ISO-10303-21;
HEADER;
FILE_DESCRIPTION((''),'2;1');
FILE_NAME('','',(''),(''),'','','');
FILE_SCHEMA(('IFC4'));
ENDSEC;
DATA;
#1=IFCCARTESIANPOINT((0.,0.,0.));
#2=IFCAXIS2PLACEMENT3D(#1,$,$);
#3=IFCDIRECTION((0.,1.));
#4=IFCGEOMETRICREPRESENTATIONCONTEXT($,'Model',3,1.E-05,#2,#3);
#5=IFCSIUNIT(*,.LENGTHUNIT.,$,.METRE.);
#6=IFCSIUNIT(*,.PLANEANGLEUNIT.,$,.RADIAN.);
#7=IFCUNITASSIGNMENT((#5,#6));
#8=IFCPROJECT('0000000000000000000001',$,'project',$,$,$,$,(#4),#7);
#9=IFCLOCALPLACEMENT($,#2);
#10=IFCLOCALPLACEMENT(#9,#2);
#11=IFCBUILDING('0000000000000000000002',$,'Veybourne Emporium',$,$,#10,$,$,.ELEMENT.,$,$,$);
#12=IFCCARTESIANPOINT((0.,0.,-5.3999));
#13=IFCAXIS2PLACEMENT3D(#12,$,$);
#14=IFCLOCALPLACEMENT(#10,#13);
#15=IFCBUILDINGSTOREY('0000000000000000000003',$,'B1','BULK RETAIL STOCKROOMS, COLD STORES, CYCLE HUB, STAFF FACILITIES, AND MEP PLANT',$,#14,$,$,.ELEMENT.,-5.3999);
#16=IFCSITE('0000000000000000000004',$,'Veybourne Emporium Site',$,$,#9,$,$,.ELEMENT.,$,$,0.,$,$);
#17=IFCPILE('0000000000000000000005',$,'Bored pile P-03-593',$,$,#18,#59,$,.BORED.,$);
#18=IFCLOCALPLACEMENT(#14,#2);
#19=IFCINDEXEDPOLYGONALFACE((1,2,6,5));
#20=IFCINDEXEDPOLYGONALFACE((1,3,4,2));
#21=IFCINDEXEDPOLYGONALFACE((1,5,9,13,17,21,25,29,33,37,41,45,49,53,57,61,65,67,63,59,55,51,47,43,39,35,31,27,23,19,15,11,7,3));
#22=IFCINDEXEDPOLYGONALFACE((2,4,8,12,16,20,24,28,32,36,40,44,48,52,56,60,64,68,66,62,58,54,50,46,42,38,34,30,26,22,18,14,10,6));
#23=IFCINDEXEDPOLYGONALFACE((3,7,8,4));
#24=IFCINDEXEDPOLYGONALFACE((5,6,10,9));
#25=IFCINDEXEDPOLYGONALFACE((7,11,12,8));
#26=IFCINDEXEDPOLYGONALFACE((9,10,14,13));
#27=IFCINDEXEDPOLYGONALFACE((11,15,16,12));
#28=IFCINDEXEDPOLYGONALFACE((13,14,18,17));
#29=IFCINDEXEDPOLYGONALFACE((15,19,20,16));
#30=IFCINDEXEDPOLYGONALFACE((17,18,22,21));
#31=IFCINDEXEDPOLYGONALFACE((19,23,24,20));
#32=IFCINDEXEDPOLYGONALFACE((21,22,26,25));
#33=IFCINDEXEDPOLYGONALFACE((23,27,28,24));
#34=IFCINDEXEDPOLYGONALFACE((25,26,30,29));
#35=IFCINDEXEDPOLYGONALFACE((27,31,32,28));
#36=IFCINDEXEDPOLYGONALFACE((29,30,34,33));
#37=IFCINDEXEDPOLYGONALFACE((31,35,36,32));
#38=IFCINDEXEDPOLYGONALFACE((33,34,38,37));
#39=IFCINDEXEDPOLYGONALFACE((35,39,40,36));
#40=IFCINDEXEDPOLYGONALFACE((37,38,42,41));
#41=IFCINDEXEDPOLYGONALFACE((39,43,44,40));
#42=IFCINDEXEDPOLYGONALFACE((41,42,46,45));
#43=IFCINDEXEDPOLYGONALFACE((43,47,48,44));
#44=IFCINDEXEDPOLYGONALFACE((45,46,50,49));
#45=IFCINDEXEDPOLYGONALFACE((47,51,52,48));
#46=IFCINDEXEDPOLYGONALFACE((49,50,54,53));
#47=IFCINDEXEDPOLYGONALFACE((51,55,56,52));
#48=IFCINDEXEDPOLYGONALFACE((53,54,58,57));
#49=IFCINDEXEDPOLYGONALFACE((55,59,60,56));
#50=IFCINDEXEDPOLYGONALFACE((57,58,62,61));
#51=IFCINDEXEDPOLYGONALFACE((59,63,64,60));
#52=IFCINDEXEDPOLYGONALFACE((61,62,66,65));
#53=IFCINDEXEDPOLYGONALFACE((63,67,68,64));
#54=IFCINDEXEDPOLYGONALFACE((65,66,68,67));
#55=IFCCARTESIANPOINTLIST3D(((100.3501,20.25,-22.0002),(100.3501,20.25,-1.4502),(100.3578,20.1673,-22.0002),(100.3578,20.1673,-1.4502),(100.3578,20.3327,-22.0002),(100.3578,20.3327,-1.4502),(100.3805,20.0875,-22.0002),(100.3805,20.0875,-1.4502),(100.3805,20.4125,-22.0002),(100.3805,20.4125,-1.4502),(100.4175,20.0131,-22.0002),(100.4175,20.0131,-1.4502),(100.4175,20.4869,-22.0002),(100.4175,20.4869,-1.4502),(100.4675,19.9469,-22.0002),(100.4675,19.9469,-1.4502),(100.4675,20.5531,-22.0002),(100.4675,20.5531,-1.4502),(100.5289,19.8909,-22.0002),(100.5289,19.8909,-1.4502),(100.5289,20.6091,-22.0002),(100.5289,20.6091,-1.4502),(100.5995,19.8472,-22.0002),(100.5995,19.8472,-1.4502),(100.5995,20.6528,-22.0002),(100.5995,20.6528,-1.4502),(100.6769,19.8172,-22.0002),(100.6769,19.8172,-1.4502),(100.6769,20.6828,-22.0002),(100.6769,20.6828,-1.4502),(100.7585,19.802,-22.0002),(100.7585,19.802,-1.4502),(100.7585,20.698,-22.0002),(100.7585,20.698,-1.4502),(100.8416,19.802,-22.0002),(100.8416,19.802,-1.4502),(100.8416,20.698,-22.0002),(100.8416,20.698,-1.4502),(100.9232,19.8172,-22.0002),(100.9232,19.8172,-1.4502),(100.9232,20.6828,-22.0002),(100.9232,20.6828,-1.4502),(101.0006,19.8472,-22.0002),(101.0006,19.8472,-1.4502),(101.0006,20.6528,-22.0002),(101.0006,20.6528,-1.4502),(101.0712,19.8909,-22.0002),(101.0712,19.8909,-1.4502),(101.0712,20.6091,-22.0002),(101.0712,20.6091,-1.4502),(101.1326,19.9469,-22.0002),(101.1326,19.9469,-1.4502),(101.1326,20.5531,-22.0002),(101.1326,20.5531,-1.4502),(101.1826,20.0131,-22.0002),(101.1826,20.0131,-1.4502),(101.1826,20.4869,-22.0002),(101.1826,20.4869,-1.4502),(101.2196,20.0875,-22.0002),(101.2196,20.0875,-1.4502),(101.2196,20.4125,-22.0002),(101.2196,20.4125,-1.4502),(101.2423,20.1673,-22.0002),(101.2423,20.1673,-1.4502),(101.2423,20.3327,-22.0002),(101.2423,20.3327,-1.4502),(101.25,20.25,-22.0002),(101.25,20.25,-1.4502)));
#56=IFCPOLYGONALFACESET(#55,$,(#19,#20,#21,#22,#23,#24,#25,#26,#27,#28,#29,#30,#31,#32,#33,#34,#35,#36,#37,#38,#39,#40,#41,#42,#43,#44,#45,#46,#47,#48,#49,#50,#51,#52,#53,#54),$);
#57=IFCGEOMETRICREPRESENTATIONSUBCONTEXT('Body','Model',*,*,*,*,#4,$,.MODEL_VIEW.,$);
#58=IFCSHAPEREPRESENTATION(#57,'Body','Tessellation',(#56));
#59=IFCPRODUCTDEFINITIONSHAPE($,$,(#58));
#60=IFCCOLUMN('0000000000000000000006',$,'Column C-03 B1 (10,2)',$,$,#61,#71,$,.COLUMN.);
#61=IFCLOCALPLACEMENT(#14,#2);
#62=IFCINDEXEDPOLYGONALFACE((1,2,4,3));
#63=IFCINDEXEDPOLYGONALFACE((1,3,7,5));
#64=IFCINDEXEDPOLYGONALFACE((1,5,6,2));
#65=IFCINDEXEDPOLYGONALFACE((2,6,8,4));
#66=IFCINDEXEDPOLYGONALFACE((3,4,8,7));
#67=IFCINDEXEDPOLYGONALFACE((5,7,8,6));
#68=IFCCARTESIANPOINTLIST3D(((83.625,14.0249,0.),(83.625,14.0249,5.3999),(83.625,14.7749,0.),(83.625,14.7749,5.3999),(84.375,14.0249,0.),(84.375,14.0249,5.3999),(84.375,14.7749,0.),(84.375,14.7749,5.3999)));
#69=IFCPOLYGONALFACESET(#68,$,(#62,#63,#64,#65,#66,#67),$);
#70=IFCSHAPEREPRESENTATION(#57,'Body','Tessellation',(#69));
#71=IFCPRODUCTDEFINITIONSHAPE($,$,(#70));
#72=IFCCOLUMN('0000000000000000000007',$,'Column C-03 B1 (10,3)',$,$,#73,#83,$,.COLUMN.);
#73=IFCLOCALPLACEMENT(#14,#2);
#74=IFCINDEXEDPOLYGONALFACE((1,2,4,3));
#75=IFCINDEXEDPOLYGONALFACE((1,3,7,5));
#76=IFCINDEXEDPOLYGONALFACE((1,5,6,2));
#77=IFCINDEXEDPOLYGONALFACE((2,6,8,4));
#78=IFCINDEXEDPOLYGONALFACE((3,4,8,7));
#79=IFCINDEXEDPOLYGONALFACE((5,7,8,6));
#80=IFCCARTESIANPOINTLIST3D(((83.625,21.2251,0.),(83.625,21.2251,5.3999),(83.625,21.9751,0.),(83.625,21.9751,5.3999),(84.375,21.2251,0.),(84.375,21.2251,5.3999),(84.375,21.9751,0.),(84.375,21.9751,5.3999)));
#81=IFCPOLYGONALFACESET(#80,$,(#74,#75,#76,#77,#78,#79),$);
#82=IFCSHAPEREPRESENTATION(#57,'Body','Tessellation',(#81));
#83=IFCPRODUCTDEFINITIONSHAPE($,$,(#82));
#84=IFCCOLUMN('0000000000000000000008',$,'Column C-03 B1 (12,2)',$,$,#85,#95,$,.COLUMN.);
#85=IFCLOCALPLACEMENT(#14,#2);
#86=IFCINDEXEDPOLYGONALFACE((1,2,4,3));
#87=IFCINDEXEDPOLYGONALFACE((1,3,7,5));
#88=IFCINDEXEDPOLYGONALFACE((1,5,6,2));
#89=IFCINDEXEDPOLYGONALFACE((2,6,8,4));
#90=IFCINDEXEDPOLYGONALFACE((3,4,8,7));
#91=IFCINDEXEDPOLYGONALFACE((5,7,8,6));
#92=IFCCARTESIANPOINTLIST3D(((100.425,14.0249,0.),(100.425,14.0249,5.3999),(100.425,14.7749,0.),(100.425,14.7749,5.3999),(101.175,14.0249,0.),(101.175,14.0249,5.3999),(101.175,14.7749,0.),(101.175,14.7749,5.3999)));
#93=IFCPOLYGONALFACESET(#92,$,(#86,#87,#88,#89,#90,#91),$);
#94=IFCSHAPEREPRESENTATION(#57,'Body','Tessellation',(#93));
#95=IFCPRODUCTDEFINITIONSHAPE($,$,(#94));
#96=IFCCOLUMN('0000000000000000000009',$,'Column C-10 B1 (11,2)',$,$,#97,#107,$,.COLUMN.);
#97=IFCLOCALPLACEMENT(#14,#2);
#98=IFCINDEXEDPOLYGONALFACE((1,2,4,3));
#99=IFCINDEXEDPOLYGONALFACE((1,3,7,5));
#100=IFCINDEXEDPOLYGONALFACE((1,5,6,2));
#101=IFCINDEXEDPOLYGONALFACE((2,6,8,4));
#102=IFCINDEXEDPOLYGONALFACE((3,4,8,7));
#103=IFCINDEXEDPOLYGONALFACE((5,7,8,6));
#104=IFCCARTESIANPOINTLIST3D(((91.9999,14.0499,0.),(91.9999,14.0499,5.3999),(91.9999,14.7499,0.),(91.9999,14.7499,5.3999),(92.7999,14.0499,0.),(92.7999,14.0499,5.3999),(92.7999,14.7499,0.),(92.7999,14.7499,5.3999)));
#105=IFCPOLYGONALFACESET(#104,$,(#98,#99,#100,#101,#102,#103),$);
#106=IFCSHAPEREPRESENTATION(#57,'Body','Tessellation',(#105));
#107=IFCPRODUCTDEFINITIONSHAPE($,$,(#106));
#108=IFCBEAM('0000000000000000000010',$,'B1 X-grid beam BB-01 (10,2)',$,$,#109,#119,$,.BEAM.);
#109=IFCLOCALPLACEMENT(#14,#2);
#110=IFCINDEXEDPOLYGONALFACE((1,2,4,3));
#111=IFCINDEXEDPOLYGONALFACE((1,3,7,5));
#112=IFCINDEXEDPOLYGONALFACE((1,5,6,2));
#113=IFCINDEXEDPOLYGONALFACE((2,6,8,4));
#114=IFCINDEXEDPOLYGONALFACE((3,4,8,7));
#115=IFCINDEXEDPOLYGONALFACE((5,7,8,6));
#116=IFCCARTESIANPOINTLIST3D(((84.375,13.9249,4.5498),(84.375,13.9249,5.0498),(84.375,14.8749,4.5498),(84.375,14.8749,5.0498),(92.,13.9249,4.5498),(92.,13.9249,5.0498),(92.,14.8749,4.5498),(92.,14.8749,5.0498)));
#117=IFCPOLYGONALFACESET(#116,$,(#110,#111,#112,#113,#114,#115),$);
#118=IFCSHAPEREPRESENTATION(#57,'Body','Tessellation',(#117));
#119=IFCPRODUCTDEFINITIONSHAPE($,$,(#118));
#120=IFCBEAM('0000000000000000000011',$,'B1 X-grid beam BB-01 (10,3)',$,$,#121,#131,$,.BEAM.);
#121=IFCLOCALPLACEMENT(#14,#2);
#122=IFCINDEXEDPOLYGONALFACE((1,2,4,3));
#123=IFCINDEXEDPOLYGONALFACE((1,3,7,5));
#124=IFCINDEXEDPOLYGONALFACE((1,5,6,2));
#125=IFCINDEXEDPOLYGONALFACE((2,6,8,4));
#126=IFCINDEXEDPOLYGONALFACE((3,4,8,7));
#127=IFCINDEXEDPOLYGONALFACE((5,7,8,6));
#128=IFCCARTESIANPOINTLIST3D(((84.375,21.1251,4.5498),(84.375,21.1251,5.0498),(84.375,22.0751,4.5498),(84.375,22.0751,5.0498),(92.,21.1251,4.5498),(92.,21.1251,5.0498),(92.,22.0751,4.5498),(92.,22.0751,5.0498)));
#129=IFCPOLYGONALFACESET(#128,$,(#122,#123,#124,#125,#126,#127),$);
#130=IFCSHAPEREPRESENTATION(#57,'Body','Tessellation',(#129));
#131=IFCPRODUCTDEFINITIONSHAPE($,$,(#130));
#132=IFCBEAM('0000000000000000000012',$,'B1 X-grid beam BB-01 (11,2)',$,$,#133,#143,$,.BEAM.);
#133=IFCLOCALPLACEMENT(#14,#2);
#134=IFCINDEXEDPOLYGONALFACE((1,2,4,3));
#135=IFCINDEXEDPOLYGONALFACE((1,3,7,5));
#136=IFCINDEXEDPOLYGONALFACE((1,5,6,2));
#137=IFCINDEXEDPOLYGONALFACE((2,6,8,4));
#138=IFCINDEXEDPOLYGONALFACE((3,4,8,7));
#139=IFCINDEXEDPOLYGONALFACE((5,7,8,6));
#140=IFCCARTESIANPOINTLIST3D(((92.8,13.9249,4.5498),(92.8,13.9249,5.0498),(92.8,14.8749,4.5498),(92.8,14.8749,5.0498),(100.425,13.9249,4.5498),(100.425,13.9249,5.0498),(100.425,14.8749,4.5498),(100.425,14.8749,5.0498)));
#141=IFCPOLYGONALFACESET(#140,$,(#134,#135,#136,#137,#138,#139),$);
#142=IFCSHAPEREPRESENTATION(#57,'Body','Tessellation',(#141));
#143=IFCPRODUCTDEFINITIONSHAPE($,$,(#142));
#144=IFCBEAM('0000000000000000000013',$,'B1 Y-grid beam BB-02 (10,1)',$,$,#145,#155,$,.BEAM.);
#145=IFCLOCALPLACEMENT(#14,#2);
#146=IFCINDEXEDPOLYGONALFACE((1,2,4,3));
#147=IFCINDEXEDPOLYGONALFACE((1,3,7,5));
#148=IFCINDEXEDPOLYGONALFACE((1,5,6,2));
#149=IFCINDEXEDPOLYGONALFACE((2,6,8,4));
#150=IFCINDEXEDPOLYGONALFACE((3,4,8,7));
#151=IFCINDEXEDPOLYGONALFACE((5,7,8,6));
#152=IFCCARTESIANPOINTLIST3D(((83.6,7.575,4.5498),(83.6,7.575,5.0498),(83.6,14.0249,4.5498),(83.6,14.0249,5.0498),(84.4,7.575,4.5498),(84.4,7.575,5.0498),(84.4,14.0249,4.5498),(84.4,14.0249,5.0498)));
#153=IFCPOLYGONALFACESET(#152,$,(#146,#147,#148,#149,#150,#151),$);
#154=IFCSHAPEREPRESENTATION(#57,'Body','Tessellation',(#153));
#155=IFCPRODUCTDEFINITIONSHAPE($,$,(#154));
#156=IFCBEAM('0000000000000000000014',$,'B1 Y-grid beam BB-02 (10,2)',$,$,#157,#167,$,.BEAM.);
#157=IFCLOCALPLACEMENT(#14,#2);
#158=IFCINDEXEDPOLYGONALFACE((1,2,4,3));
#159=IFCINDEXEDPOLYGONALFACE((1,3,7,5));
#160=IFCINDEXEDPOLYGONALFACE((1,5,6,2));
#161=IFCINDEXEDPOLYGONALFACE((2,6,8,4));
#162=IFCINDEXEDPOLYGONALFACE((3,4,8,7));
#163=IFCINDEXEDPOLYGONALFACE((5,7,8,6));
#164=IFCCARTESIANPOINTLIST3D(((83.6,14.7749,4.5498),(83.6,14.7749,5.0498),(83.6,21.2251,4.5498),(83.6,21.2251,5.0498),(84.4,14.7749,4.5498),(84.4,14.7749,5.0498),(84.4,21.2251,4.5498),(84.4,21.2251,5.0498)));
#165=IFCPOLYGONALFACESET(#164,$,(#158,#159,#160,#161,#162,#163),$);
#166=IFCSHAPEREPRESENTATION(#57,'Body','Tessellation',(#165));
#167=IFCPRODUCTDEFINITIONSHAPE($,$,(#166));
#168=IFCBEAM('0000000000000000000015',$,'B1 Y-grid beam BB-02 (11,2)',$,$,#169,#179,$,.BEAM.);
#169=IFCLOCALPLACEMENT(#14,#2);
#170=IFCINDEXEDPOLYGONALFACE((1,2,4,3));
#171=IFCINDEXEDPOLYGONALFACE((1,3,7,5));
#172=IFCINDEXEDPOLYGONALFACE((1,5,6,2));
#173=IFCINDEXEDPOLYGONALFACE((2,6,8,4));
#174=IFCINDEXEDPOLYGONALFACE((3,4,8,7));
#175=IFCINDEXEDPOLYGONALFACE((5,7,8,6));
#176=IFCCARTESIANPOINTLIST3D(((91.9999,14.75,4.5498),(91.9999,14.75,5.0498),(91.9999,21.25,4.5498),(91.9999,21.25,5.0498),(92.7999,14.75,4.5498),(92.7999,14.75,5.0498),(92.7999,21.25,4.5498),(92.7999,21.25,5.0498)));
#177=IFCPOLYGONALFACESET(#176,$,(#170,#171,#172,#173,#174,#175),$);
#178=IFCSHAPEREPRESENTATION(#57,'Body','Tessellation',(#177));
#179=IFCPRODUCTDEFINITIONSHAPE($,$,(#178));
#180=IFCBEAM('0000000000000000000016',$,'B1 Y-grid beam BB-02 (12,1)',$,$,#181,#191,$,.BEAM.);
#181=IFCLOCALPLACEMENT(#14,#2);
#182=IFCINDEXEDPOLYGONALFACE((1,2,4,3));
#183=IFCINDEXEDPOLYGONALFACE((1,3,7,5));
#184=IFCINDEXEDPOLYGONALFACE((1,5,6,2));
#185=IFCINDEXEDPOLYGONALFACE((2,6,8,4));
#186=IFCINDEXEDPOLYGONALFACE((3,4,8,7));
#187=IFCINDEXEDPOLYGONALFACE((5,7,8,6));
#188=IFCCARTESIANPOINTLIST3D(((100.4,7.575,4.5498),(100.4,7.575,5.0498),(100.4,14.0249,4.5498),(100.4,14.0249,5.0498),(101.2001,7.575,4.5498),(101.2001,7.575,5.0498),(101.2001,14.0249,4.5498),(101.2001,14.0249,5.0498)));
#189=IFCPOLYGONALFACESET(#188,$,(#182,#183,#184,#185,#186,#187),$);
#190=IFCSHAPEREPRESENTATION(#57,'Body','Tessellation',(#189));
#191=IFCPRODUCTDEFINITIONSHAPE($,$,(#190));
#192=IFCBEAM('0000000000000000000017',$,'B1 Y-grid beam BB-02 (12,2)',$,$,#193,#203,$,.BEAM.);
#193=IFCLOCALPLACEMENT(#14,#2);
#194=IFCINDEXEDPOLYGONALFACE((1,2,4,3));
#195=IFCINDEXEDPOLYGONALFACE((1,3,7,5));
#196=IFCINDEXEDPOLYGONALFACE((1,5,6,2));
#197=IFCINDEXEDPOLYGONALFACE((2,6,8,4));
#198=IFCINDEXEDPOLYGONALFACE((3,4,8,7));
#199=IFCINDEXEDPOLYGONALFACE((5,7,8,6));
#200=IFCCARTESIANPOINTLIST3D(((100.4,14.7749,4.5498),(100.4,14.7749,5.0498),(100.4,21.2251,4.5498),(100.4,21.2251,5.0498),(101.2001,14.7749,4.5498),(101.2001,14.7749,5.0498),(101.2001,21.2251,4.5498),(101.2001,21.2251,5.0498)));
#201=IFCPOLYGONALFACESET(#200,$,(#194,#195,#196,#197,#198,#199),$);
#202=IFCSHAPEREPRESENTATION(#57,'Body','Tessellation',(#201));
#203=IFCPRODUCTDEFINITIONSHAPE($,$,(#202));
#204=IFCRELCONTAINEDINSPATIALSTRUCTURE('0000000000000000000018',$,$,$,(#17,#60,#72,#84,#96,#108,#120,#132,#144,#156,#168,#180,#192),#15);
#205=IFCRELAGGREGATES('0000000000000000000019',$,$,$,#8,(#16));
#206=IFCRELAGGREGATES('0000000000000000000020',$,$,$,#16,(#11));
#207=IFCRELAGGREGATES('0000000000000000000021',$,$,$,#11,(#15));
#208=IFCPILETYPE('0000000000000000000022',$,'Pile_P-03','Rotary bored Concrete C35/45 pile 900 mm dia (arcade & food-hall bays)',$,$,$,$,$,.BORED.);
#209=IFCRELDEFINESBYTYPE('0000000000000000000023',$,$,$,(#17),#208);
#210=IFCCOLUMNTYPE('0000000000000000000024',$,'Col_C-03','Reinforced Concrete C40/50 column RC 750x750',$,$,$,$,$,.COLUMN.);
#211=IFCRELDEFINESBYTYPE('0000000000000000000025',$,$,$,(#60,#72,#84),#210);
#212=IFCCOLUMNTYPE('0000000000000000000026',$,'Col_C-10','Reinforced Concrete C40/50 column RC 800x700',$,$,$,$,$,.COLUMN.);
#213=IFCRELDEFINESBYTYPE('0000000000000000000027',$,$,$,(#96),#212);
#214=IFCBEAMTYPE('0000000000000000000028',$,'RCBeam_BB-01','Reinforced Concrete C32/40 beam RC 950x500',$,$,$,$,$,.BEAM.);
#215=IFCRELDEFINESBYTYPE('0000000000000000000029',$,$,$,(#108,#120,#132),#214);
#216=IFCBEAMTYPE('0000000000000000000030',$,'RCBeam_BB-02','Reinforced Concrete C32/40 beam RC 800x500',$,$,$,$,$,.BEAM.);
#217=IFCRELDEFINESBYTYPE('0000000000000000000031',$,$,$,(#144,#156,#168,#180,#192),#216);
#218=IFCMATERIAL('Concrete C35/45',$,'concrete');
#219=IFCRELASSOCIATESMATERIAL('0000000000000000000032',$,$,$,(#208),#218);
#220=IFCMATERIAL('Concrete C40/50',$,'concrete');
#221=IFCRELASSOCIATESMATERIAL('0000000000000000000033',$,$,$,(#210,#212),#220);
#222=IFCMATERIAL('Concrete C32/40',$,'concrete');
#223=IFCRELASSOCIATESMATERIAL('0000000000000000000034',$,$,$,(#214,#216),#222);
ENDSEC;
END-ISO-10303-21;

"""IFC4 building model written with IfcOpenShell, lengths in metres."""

from ifc_helpers import new_model, si_unit, direction, frame, origin, origin_2d, place, context, subcontext, project, spatial, rectangle, circle, extrude, material, material_profile, profile_set, type_object, element, save


model = new_model("IFC4")

# Units and contexts
model_context = context("Model", 3, precision=1e-05, world=origin(), true_north=direction((0.0, 1.0)))
body_context = subcontext(model_context, "Body", "Model", "MODEL_VIEW")
ifc_project = project(units=[si_unit("LENGTHUNIT", "METRE"), si_unit("PLANEANGLEUNIT", "RADIAN")], contexts=[model_context])

# Site, building, storey
site_placement = place(None, origin())
site = spatial("IfcSite", under=ifc_project, at=site_placement, Name="Veybourne Emporium Site", CompositionType="ELEMENT", RefElevation=0.0)
building_placement = place(site_placement, origin())
building = spatial("IfcBuilding", under=site, at=building_placement, Name="Veybourne Emporium", CompositionType="ELEMENT")
storey_placement = place(building_placement, frame((0.0, 0.0, -5.3999)))
storey = spatial("IfcBuildingStorey", under=building, at=storey_placement, Name="B1", Description="BULK RETAIL STOCKROOMS, COLD STORES, CYCLE HUB, STAFF FACILITIES, AND MEP PLANT", CompositionType="ELEMENT", Elevation=-5.3999)

# Shared definitions
ifc_material_1 = material(Name="Concrete C35/45", Category="concrete")

# Pile
ifc_material_profile_1 = material_profile(ifc_material_1, circle(Radius=0.45, at=origin_2d()), Name="BORED PILE 900")
ifc_profile_set_1 = profile_set([ifc_material_profile_1], Name="Concrete C35/45")
pile_type = type_object("IfcPileType", Name="Pile_P-03", Description="Rotary bored Concrete C35/45 pile 900 mm dia (arcade & food-hall bays)", PredefinedType="BORED", material=ifc_profile_set_1)
for number, where, z_axis, x_axis, name in (
    (1, (100.8, 20.25, -1.4502), (0.0, 0.0, -1.0), (1.0, 0.0, 0.0), "Bored pile P-03-593"),
):
    element("IfcPile", number, at=place(storey_placement, frame(where, z_axis=z_axis, x_axis=x_axis)), inside=storey, type_object=pile_type, Name=name, PredefinedType="BORED", context=body_context, shape_type="SweptSolid", body=[
        extrude(circle(Radius=0.45, at=origin_2d()), origin(), (0.0, 0.0, 1.0), 20.55),
    ])

# Columns
ifc_material_2 = material(Name="Concrete C40/50", Category="concrete")
ifc_material_profile_2 = material_profile(ifc_material_2, rectangle(XDim=0.75, YDim=0.75, at=origin_2d()), Name="RC 750x750")
ifc_profile_set_2 = profile_set([ifc_material_profile_2], Name="Concrete C40/50")
column_type_1 = type_object("IfcColumnType", Name="Col_C-03", Description="Reinforced Concrete C40/50 column RC 750x750", PredefinedType="COLUMN", material=ifc_profile_set_2)
for number, where, z_axis, x_axis, name in (
    (2, (84.0, 14.3999, 0.0), (0.0, 0.0, 1.0), (1.0, 0.0, 0.0), "Column C-03 B1 (10,2)"),
    (3, (84.0, 21.6001, 0.0), (0.0, 0.0, 1.0), (1.0, 0.0, 0.0), "Column C-03 B1 (10,3)"),
    (4, (100.8, 14.3999, 0.0), (0.0, 0.0, 1.0), (1.0, 0.0, 0.0), "Column C-03 B1 (12,2)"),
):
    element("IfcColumn", number, at=place(storey_placement, frame(where, z_axis=z_axis, x_axis=x_axis)), inside=storey, type_object=column_type_1, Name=name, PredefinedType="COLUMN", context=body_context, shape_type="SweptSolid", body=[
        extrude(rectangle(XDim=0.75, YDim=0.75, at=origin_2d()), origin(), (0.0, 0.0, 1.0), 5.3999),
    ])
ifc_material_profile_3 = material_profile(ifc_material_2, rectangle(XDim=0.8, YDim=0.7, at=origin_2d()), Name="RC 800x700")
ifc_profile_set_3 = profile_set([ifc_material_profile_3], Name="Concrete C40/50")
column_type_2 = type_object("IfcColumnType", Name="Col_C-10", Description="Reinforced Concrete C40/50 column RC 800x700", PredefinedType="COLUMN", material=ifc_profile_set_3)
column_placement = place(storey_placement, frame((92.3999, 14.3999, 0.0), z_axis=(0.0, 0.0, 1.0), x_axis=(1.0, 0.0, 0.0)))
element("IfcColumn", 5, at=column_placement, inside=storey, type_object=column_type_2, Name="Column C-10 B1 (11,2)", PredefinedType="COLUMN", context=body_context, shape_type="SweptSolid", body=[
    extrude(rectangle(XDim=0.8, YDim=0.7, at=origin_2d()), origin(), (0.0, 0.0, 1.0), 5.3999),
])

# Beams
ifc_material_3 = material(Name="Concrete C32/40", Category="concrete")
ifc_material_profile_4 = material_profile(ifc_material_3, rectangle(XDim=0.95, YDim=0.5, at=origin_2d()), Name="RC 950x500")
ifc_profile_set_4 = profile_set([ifc_material_profile_4], Name="Concrete C32/40")
beam_type_1 = type_object("IfcBeamType", Name="RCBeam_BB-01", Description="Reinforced Concrete C32/40 beam RC 950x500", PredefinedType="BEAM", material=ifc_profile_set_4)
for number, where, z_axis, x_axis, name in (
    (6, (84.375, 14.3999, 4.7998), (1.0, 0.0, 0.0), (0.0, 1.0, 0.0), "B1 X-grid beam BB-01 (10,2)"),
    (7, (84.375, 21.6001, 4.7998), (1.0, 0.0, 0.0), (0.0, 1.0, 0.0), "B1 X-grid beam BB-01 (10,3)"),
    (8, (92.8, 14.3999, 4.7998), (1.0, 0.0, 0.0), (0.0, 1.0, 0.0), "B1 X-grid beam BB-01 (11,2)"),
):
    element("IfcBeam", number, at=place(storey_placement, frame(where, z_axis=z_axis, x_axis=x_axis)), inside=storey, type_object=beam_type_1, Name=name, PredefinedType="BEAM", context=body_context, shape_type="SweptSolid", body=[
        extrude(rectangle(XDim=0.95, YDim=0.5, at=origin_2d()), origin(), (0.0, 0.0, 1.0), 7.625),
    ])
ifc_material_profile_5 = material_profile(ifc_material_3, rectangle(XDim=0.8, YDim=0.5, at=origin_2d()), Name="RC 800x500")
ifc_profile_set_5 = profile_set([ifc_material_profile_5], Name="Concrete C32/40")
beam_type_2 = type_object("IfcBeamType", Name="RCBeam_BB-02", Description="Reinforced Concrete C32/40 beam RC 800x500", PredefinedType="BEAM", material=ifc_profile_set_5)
beam_1_placement = place(storey_placement, frame((84.0, 7.575, 4.7998), z_axis=(0.0, 1.0, 0.0), x_axis=(-1.0, 0.0, 0.0)))
element("IfcBeam", 9, at=beam_1_placement, inside=storey, type_object=beam_type_2, Name="B1 Y-grid beam BB-02 (10,1)", PredefinedType="BEAM", context=body_context, shape_type="SweptSolid", body=[
    extrude(rectangle(XDim=0.8, YDim=0.5, at=origin_2d()), origin(), (0.0, 0.0, 1.0), 6.45),
])
beam_2_placement = place(storey_placement, frame((84.0, 14.7749, 4.7998), z_axis=(0.0, 1.0, 0.0), x_axis=(-1.0, 0.0, 0.0)))
element("IfcBeam", 10, at=beam_2_placement, inside=storey, type_object=beam_type_2, Name="B1 Y-grid beam BB-02 (10,2)", PredefinedType="BEAM", context=body_context, shape_type="SweptSolid", body=[
    extrude(rectangle(XDim=0.8, YDim=0.5, at=origin_2d()), origin(), (0.0, 0.0, 1.0), 6.4502),
])
beam_3_placement = place(storey_placement, frame((92.3999, 14.75, 4.7998), z_axis=(0.0, 1.0, 0.0), x_axis=(-1.0, 0.0, 0.0)))
element("IfcBeam", 11, at=beam_3_placement, inside=storey, type_object=beam_type_2, Name="B1 Y-grid beam BB-02 (11,2)", PredefinedType="BEAM", context=body_context, shape_type="SweptSolid", body=[
    extrude(rectangle(XDim=0.8, YDim=0.5, at=origin_2d()), origin(), (0.0, 0.0, 1.0), 6.5),
])
beam_4_placement = place(storey_placement, frame((100.8, 7.575, 4.7998), z_axis=(0.0, 1.0, 0.0), x_axis=(-1.0, 0.0, 0.0)))
element("IfcBeam", 12, at=beam_4_placement, inside=storey, type_object=beam_type_2, Name="B1 Y-grid beam BB-02 (12,1)", PredefinedType="BEAM", context=body_context, shape_type="SweptSolid", body=[
    extrude(rectangle(XDim=0.8, YDim=0.5, at=origin_2d()), origin(), (0.0, 0.0, 1.0), 6.45),
])
beam_5_placement = place(storey_placement, frame((100.8, 14.7749, 4.7998), z_axis=(0.0, 1.0, 0.0), x_axis=(-1.0, 0.0, 0.0)))
element("IfcBeam", 13, at=beam_5_placement, inside=storey, type_object=beam_type_2, Name="B1 Y-grid beam BB-02 (12,2)", PredefinedType="BEAM", context=body_context, shape_type="SweptSolid", body=[
    extrude(rectangle(XDim=0.8, YDim=0.5, at=origin_2d()), origin(), (0.0, 0.0, 1.0), 6.4502),
])

save(model, "model.ifc")
